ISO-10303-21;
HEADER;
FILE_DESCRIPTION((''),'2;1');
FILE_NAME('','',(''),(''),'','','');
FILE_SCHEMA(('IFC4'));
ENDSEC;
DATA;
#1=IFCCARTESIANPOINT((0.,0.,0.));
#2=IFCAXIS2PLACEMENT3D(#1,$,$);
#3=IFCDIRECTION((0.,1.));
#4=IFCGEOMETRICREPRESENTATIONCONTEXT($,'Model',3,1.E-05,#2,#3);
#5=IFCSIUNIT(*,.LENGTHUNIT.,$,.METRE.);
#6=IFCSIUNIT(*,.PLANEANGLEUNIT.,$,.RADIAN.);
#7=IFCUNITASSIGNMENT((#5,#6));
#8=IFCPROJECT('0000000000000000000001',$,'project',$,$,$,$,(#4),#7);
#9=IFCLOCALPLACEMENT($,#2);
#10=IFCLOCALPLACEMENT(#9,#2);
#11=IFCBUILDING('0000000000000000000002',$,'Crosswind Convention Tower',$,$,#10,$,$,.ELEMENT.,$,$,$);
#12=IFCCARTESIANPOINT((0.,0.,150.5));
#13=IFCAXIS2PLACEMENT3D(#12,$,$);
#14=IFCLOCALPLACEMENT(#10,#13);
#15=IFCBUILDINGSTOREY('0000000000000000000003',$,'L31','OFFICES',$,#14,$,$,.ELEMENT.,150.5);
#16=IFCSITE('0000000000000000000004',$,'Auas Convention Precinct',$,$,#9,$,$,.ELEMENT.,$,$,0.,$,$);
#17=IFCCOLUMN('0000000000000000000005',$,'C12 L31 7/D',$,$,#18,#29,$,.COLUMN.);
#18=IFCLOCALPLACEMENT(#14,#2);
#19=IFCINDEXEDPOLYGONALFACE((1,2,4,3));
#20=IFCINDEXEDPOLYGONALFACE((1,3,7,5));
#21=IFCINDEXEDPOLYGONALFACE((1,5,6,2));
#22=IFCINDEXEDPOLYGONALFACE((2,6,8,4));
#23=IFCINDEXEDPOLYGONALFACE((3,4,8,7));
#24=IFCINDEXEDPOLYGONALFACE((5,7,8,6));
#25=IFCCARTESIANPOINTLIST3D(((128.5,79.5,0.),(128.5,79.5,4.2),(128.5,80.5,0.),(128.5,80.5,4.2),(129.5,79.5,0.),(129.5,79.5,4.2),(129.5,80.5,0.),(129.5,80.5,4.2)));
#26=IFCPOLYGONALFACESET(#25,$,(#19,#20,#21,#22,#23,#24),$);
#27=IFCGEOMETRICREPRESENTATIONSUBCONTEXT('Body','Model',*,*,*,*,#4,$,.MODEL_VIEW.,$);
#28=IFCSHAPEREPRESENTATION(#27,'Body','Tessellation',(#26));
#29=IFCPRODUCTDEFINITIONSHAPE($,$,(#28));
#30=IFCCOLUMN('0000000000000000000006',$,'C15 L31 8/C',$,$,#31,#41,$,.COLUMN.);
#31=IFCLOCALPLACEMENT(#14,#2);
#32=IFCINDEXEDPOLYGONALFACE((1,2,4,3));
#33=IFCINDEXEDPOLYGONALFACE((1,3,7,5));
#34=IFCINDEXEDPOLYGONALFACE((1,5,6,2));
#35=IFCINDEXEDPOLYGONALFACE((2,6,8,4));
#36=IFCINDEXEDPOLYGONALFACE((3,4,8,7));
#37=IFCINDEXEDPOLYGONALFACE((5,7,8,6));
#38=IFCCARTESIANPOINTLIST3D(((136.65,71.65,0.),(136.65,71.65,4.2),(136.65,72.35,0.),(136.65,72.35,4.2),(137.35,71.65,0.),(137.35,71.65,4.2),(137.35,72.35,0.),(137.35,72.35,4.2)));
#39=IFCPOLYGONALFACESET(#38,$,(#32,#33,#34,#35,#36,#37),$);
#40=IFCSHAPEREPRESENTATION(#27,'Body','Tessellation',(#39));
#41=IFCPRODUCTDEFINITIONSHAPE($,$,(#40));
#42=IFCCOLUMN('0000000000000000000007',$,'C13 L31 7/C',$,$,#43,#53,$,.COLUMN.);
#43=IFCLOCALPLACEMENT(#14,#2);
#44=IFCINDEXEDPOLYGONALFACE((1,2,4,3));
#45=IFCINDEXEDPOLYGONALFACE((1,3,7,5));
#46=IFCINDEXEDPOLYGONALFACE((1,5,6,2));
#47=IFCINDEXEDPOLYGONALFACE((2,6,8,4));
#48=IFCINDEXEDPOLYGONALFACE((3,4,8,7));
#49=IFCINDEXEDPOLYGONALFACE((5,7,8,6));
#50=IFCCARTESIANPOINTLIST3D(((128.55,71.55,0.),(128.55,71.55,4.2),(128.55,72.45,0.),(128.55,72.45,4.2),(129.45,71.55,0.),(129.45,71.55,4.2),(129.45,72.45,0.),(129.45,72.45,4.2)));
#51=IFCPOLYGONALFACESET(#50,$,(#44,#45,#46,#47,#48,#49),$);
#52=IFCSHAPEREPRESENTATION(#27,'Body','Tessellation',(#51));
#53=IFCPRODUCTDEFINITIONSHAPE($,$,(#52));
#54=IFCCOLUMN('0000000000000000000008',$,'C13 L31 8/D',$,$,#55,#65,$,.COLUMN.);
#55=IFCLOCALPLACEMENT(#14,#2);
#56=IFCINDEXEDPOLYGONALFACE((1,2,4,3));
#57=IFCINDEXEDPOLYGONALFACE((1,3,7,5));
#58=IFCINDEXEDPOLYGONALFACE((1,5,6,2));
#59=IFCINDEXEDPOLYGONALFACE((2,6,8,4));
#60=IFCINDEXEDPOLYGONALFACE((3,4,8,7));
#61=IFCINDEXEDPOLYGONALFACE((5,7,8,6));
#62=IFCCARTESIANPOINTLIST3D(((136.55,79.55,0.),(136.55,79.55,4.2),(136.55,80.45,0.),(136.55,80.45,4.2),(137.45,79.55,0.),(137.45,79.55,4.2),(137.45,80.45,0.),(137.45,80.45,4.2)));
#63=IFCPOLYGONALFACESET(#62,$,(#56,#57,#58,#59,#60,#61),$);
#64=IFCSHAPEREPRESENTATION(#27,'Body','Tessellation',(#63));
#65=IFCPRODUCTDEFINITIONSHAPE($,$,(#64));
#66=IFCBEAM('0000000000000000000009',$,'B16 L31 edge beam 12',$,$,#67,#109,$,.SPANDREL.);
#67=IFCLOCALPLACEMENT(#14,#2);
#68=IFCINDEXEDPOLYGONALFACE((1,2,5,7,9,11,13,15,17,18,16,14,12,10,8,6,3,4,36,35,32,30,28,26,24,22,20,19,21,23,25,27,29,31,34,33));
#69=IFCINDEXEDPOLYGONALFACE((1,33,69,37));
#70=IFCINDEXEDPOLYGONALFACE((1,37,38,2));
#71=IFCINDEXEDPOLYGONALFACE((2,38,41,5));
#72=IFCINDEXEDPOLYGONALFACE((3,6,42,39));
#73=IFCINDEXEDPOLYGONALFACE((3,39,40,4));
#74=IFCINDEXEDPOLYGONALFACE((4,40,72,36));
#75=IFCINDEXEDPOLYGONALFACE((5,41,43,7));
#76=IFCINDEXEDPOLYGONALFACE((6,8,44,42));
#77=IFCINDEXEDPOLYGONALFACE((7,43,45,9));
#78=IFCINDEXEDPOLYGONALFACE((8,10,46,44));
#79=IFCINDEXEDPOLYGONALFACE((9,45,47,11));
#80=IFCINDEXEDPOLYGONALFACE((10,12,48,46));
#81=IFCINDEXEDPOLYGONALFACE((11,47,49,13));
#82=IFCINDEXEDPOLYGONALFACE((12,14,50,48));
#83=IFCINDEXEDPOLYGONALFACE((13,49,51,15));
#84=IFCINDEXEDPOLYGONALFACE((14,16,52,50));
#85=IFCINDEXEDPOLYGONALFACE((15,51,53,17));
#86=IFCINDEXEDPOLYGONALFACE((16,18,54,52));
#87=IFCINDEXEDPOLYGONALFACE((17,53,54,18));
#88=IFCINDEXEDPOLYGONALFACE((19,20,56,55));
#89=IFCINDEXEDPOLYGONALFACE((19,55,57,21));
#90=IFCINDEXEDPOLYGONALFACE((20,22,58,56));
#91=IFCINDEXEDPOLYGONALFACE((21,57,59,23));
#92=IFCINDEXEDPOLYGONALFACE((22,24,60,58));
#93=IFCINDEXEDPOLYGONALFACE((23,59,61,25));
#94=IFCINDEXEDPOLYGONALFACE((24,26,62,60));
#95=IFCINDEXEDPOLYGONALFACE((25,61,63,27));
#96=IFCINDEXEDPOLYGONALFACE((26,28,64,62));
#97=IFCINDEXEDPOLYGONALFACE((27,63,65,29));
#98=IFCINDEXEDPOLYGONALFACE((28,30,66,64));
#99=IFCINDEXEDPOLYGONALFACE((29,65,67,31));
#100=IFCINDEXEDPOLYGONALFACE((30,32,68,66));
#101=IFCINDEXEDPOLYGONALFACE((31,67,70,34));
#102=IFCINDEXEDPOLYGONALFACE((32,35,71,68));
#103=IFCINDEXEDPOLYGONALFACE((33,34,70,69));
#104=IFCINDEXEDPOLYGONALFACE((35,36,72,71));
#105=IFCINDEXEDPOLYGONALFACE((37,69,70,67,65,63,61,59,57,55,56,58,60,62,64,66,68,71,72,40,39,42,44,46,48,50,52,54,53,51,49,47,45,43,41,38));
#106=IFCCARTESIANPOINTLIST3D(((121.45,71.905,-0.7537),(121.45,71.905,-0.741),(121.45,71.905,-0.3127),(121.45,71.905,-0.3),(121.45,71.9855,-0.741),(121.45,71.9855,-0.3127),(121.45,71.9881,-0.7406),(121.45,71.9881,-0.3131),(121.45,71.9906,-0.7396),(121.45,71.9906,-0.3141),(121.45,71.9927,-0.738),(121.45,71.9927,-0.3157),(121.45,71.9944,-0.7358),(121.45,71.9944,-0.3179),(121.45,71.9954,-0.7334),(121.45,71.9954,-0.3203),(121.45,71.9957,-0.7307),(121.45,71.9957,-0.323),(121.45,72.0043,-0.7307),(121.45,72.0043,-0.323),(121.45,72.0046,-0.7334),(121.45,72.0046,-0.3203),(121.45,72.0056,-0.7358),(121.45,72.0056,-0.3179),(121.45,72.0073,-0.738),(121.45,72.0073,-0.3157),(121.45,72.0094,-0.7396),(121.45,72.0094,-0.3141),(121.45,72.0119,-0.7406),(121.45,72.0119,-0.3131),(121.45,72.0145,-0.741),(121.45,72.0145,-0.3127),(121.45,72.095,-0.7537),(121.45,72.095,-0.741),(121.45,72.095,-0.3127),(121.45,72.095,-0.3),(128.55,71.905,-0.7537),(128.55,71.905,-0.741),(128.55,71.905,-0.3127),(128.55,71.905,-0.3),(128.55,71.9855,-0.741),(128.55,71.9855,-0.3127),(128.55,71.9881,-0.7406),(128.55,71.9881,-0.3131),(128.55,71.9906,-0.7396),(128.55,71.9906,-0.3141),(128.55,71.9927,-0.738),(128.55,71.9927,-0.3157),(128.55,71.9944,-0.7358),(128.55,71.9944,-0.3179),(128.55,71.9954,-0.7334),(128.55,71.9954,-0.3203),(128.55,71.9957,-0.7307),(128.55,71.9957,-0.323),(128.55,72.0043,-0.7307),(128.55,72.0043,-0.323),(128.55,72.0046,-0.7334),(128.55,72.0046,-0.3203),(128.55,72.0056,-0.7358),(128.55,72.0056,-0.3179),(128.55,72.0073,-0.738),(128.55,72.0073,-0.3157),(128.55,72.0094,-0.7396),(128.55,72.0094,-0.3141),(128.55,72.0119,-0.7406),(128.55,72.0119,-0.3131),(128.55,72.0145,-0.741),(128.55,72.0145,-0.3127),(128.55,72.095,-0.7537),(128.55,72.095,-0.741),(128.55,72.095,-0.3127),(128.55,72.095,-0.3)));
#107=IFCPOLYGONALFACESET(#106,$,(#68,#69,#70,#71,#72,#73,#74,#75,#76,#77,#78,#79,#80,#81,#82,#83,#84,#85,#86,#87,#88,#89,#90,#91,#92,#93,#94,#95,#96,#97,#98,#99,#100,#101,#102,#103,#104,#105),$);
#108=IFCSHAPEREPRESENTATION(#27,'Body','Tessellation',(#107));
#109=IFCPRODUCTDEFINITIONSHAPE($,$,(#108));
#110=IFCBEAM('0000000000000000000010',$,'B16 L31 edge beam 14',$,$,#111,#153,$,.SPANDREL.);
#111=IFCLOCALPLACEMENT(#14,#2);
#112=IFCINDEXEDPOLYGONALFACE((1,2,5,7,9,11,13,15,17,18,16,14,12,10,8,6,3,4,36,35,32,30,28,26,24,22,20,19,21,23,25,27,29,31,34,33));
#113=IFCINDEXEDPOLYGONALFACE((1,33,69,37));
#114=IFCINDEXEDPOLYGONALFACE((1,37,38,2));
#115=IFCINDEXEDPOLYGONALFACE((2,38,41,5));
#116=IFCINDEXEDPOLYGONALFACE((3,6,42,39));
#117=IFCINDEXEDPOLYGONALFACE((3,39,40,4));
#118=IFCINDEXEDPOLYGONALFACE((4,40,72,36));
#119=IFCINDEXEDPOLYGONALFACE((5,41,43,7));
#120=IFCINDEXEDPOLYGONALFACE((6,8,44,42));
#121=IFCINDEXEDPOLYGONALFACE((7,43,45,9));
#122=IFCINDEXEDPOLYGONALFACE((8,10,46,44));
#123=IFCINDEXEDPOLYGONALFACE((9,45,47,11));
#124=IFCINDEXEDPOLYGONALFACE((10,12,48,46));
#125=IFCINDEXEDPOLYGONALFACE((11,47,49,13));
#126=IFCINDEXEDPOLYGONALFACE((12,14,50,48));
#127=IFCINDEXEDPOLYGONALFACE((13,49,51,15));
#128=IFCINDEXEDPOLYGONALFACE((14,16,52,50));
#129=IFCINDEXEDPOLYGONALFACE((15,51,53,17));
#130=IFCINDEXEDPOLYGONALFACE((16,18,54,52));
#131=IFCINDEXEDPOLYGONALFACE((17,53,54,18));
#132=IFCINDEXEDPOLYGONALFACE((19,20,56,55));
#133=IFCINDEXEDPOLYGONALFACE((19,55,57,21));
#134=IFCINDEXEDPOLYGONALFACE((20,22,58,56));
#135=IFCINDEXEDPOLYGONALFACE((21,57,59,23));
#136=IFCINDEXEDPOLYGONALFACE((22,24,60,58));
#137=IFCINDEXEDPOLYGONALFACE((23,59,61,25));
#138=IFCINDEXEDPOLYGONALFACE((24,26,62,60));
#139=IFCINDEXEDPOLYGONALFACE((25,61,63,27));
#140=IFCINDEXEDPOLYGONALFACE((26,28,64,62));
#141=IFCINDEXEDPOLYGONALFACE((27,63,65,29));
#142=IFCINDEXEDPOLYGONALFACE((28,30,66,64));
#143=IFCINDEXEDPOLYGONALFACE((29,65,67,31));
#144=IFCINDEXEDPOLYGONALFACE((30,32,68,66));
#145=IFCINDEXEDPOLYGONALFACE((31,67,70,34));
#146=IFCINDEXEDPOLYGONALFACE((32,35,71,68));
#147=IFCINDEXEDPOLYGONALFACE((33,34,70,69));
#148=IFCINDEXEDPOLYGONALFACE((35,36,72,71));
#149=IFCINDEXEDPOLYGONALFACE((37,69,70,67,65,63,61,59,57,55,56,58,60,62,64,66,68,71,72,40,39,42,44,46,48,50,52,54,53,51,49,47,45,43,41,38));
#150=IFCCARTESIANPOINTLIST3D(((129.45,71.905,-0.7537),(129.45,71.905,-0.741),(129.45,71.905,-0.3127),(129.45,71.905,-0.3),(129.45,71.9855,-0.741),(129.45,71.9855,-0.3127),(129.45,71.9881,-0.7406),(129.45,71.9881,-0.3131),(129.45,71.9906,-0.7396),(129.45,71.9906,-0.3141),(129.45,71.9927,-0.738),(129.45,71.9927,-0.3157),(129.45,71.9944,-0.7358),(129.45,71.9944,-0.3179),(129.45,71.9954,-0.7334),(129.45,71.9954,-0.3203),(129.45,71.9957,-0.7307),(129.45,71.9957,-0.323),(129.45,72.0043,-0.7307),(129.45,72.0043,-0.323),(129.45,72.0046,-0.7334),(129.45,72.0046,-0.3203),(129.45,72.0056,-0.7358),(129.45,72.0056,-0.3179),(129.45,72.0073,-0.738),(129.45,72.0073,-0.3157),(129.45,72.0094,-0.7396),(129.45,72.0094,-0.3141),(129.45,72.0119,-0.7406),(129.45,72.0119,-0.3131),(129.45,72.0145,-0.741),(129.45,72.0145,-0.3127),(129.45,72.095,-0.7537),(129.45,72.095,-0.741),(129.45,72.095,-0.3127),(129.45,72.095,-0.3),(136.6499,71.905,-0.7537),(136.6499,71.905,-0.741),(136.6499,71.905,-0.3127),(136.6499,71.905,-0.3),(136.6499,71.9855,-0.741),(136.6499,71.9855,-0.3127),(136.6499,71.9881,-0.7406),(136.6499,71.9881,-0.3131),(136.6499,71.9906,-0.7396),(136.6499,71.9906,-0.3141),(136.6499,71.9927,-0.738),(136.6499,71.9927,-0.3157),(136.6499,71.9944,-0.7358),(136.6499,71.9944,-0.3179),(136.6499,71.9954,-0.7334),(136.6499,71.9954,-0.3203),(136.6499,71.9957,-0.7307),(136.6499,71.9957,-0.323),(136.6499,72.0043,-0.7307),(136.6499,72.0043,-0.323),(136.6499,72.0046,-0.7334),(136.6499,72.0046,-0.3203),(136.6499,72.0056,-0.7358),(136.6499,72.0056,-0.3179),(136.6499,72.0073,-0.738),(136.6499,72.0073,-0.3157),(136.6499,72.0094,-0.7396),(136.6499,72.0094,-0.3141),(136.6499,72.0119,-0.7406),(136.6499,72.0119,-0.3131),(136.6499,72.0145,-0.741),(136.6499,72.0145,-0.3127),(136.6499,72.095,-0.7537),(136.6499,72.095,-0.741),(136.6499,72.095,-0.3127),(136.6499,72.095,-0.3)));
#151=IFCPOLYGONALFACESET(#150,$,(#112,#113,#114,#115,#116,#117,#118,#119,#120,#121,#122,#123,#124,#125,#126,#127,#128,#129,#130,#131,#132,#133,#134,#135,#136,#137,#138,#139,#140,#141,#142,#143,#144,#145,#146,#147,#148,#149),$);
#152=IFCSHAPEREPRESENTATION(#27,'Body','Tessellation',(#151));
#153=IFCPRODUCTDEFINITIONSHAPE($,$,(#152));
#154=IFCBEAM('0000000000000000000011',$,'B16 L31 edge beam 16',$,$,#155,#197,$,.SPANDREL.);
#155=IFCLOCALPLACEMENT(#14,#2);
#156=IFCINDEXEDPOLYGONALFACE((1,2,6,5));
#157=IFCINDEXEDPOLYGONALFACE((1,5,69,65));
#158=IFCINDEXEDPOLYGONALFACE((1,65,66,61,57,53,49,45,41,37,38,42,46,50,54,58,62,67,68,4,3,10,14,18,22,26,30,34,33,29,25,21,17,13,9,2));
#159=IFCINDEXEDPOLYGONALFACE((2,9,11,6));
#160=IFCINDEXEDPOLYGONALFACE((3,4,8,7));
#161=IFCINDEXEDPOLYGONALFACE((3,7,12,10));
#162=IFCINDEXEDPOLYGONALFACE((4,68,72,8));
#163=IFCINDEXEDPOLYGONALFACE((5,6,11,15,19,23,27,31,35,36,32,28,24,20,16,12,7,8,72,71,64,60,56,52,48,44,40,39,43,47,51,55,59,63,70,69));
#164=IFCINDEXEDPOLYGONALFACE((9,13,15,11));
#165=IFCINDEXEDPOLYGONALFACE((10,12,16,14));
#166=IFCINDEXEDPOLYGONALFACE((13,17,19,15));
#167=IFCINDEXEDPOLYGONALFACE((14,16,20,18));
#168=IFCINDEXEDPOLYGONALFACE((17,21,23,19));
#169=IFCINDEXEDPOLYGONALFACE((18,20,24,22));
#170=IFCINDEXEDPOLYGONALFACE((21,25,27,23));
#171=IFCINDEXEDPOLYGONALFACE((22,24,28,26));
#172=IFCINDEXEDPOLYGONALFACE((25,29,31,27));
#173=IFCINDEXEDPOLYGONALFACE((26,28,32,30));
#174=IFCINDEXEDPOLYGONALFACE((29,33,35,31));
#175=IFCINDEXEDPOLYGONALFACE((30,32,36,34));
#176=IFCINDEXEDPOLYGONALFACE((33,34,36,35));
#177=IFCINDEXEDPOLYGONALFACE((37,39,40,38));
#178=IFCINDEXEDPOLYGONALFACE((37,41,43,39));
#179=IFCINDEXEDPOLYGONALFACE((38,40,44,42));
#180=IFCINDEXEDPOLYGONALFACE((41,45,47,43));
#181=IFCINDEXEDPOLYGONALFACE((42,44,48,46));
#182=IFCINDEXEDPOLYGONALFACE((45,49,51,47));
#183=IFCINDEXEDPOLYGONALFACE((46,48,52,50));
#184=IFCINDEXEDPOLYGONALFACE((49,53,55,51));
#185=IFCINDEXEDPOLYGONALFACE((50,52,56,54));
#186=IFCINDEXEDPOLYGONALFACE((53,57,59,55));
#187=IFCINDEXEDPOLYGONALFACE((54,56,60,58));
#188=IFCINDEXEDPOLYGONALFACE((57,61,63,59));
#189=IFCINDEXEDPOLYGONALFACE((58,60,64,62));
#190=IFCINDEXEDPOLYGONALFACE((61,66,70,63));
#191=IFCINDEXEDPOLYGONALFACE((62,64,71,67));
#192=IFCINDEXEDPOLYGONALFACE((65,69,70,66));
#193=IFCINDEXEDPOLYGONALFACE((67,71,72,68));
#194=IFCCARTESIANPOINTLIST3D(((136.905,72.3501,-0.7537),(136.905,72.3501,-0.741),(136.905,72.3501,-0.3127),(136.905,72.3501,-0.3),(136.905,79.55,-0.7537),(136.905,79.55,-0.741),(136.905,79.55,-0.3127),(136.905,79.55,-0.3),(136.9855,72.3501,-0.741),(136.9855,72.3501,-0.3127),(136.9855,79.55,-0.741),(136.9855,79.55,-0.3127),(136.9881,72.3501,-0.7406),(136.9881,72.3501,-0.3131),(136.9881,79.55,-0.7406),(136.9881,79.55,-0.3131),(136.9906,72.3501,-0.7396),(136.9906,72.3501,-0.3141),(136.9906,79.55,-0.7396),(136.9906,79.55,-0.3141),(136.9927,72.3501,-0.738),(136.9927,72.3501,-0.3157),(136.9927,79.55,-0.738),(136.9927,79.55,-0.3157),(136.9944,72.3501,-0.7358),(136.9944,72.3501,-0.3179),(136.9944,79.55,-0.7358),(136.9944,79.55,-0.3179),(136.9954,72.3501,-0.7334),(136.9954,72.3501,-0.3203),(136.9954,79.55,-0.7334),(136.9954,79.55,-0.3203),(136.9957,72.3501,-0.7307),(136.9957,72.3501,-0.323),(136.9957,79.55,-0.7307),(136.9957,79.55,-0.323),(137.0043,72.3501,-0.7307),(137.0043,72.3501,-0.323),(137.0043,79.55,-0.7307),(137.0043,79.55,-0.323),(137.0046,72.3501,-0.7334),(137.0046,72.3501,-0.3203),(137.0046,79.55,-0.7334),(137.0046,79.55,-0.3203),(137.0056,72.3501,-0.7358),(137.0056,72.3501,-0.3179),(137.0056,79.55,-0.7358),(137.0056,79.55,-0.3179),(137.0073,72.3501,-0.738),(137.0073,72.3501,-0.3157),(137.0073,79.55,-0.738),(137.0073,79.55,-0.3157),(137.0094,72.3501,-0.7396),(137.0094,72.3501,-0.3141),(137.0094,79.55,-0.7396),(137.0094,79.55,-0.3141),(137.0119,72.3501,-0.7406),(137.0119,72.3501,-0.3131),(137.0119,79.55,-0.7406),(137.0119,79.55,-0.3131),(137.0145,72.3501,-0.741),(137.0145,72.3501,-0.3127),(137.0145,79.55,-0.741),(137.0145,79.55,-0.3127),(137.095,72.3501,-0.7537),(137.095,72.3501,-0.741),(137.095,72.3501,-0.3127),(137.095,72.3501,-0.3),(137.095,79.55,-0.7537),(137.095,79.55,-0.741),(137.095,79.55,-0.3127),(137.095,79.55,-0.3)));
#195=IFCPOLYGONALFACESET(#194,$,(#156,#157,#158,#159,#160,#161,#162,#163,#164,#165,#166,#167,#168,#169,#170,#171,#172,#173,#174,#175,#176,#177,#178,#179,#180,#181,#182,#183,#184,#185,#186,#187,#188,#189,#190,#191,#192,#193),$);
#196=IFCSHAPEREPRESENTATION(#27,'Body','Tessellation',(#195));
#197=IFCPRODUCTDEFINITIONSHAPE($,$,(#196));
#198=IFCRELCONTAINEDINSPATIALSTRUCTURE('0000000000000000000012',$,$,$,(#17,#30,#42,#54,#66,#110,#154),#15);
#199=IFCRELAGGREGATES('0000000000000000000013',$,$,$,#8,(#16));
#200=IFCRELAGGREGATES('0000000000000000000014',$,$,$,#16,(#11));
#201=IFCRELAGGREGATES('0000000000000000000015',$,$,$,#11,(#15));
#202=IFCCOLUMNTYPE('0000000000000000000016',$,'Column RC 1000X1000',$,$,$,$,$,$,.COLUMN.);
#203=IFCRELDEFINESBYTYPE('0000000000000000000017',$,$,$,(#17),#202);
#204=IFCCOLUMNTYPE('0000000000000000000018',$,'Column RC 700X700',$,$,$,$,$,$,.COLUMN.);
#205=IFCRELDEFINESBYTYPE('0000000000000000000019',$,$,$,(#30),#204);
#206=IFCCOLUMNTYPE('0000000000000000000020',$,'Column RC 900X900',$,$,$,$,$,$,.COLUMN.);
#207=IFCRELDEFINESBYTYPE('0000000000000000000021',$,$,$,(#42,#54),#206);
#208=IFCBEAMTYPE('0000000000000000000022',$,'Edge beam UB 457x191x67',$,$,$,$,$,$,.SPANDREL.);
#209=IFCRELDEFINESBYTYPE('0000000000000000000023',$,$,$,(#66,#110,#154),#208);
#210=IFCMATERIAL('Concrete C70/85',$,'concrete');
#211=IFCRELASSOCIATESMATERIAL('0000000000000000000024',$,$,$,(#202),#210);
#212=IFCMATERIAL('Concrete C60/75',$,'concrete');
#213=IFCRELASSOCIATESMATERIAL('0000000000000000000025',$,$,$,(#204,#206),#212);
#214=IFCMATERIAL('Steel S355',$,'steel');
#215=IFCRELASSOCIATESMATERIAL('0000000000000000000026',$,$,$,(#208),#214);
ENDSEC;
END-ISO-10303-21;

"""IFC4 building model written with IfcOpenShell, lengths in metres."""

from ifc_helpers import new_model, si_unit, direction, frame, origin, origin_2d, place, context, subcontext, project, spatial, rectangle, i_section, extrude, material, material_profile, profile_set, type_object, element, save


model = new_model("IFC4")

# Units and contexts
model_context = context("Model", 3, precision=1e-05, world=origin(), true_north=direction((0.0, 1.0)))
body_context = subcontext(model_context, "Body", "Model", "MODEL_VIEW")
ifc_project = project(units=[si_unit("LENGTHUNIT", "METRE"), si_unit("PLANEANGLEUNIT", "RADIAN")], contexts=[model_context])

# Site, building, storey
site_placement = place(None, origin())
site = spatial("IfcSite", under=ifc_project, at=site_placement, Name="Auas Convention Precinct", CompositionType="ELEMENT", RefElevation=0.0)
building_placement = place(site_placement, origin())
building = spatial("IfcBuilding", under=site, at=building_placement, Name="Crosswind Convention Tower", CompositionType="ELEMENT")
storey_placement = place(building_placement, frame((0.0, 0.0, 150.5)))
storey = spatial("IfcBuildingStorey", under=building, at=storey_placement, Name="L31", Description="OFFICES", CompositionType="ELEMENT", Elevation=150.5)

# Columns
ifc_material_1 = material(Name="Concrete C70/85", Category="concrete")
ifc_material_profile_1 = material_profile(ifc_material_1, rectangle(XDim=1.0, YDim=1.0, at=origin_2d()), Name="RC 1000X1000")
ifc_profile_set_1 = profile_set([ifc_material_profile_1], Name="Concrete C70/85")
column_type_1 = type_object("IfcColumnType", Name="Column RC 1000X1000", PredefinedType="COLUMN", material=ifc_profile_set_1)
column_1_placement = place(storey_placement, frame((129.0, 80.0, 0.0), z_axis=(0.0, 0.0, 1.0), x_axis=(1.0, 0.0, 0.0)))
element("IfcColumn", 1, at=column_1_placement, inside=storey, type_object=column_type_1, Name="C12 L31 7/D", PredefinedType="COLUMN", context=body_context, shape_type="SweptSolid", body=[
    extrude(rectangle(XDim=1.0, YDim=1.0, at=origin_2d()), origin(), (0.0, 0.0, 1.0), 4.2),
])
ifc_material_2 = material(Name="Concrete C60/75", Category="concrete")
ifc_material_profile_2 = material_profile(ifc_material_2, rectangle(XDim=0.7, YDim=0.7, at=origin_2d()), Name="RC 700X700")
ifc_profile_set_2 = profile_set([ifc_material_profile_2], Name="Concrete C60/75")
column_type_2 = type_object("IfcColumnType", Name="Column RC 700X700", PredefinedType="COLUMN", material=ifc_profile_set_2)
column_2_placement = place(storey_placement, frame((137.0, 72.0, 0.0), z_axis=(0.0, 0.0, 1.0), x_axis=(1.0, 0.0, 0.0)))
element("IfcColumn", 2, at=column_2_placement, inside=storey, type_object=column_type_2, Name="C15 L31 8/C", PredefinedType="COLUMN", context=body_context, shape_type="SweptSolid", body=[
    extrude(rectangle(XDim=0.7, YDim=0.7, at=origin_2d()), origin(), (0.0, 0.0, 1.0), 4.2),
])
ifc_material_profile_3 = material_profile(ifc_material_2, rectangle(XDim=0.8999, YDim=0.8999, at=origin_2d()), Name="RC 900X900")
ifc_profile_set_3 = profile_set([ifc_material_profile_3], Name="Concrete C60/75")
column_type_3 = type_object("IfcColumnType", Name="Column RC 900X900", PredefinedType="COLUMN", material=ifc_profile_set_3)
for number, where, z_axis, x_axis, name in (
    (3, (129.0, 72.0, 0.0), (0.0, 0.0, 1.0), (1.0, 0.0, 0.0), "C13 L31 7/C"),
    (4, (137.0, 80.0, 0.0), (0.0, 0.0, 1.0), (1.0, 0.0, 0.0), "C13 L31 8/D"),
):
    element("IfcColumn", number, at=place(storey_placement, frame(where, z_axis=z_axis, x_axis=x_axis)), inside=storey, type_object=column_type_3, Name=name, PredefinedType="COLUMN", context=body_context, shape_type="SweptSolid", body=[
        extrude(rectangle(XDim=0.8999, YDim=0.8999, at=origin_2d()), origin(), (0.0, 0.0, 1.0), 4.2),
    ])

# Beams
ifc_material_3 = material(Name="Steel S355", Category="steel")
ifc_material_profile_4 = material_profile(ifc_material_3, i_section(OverallWidth=0.1899, OverallDepth=0.4536, WebThickness=0.0085, FlangeThickness=0.0127, FilletRadius=0.0103, at=origin_2d()), Name="UB 457x191x67")
ifc_profile_set_4 = profile_set([ifc_material_profile_4], Name="Steel S355")
beam_type_1 = type_object("IfcBeamType", Name="Edge beam UB 457x191x67", PredefinedType="SPANDREL", material=ifc_profile_set_4)
beam_1_placement = place(storey_placement, frame((121.45, 72.0, -0.5269), z_axis=(1.0, 0.0, 0.0), x_axis=(0.0, 1.0, 0.0)))
element("IfcBeam", 5, at=beam_1_placement, inside=storey, type_object=beam_type_1, Name="B16 L31 edge beam 12", PredefinedType="SPANDREL", context=body_context, shape_type="SweptSolid", body=[
    extrude(i_section(OverallWidth=0.1899, OverallDepth=0.4536, WebThickness=0.0085, FlangeThickness=0.0127, FilletRadius=0.0103, at=origin_2d()), origin(), (0.0, 0.0, 1.0), 7.1001),
])
for number, where, z_axis, x_axis, name in (
    (6, (129.45, 72.0, -0.5269), (1.0, 0.0, 0.0), (0.0, 1.0, 0.0), "B16 L31 edge beam 14"),
    (7, (137.0, 72.3501, -0.5269), (0.0, 1.0, 0.0), (-1.0, 0.0, 0.0), "B16 L31 edge beam 16"),
):
    element("IfcBeam", number, at=place(storey_placement, frame(where, z_axis=z_axis, x_axis=x_axis)), inside=storey, type_object=beam_type_1, Name=name, PredefinedType="SPANDREL", context=body_context, shape_type="SweptSolid", body=[
        extrude(i_section(OverallWidth=0.1899, OverallDepth=0.4536, WebThickness=0.0085, FlangeThickness=0.0127, FilletRadius=0.0103, at=origin_2d()), origin(), (0.0, 0.0, 1.0), 7.2),
    ])

save(model, "model.ifc")
